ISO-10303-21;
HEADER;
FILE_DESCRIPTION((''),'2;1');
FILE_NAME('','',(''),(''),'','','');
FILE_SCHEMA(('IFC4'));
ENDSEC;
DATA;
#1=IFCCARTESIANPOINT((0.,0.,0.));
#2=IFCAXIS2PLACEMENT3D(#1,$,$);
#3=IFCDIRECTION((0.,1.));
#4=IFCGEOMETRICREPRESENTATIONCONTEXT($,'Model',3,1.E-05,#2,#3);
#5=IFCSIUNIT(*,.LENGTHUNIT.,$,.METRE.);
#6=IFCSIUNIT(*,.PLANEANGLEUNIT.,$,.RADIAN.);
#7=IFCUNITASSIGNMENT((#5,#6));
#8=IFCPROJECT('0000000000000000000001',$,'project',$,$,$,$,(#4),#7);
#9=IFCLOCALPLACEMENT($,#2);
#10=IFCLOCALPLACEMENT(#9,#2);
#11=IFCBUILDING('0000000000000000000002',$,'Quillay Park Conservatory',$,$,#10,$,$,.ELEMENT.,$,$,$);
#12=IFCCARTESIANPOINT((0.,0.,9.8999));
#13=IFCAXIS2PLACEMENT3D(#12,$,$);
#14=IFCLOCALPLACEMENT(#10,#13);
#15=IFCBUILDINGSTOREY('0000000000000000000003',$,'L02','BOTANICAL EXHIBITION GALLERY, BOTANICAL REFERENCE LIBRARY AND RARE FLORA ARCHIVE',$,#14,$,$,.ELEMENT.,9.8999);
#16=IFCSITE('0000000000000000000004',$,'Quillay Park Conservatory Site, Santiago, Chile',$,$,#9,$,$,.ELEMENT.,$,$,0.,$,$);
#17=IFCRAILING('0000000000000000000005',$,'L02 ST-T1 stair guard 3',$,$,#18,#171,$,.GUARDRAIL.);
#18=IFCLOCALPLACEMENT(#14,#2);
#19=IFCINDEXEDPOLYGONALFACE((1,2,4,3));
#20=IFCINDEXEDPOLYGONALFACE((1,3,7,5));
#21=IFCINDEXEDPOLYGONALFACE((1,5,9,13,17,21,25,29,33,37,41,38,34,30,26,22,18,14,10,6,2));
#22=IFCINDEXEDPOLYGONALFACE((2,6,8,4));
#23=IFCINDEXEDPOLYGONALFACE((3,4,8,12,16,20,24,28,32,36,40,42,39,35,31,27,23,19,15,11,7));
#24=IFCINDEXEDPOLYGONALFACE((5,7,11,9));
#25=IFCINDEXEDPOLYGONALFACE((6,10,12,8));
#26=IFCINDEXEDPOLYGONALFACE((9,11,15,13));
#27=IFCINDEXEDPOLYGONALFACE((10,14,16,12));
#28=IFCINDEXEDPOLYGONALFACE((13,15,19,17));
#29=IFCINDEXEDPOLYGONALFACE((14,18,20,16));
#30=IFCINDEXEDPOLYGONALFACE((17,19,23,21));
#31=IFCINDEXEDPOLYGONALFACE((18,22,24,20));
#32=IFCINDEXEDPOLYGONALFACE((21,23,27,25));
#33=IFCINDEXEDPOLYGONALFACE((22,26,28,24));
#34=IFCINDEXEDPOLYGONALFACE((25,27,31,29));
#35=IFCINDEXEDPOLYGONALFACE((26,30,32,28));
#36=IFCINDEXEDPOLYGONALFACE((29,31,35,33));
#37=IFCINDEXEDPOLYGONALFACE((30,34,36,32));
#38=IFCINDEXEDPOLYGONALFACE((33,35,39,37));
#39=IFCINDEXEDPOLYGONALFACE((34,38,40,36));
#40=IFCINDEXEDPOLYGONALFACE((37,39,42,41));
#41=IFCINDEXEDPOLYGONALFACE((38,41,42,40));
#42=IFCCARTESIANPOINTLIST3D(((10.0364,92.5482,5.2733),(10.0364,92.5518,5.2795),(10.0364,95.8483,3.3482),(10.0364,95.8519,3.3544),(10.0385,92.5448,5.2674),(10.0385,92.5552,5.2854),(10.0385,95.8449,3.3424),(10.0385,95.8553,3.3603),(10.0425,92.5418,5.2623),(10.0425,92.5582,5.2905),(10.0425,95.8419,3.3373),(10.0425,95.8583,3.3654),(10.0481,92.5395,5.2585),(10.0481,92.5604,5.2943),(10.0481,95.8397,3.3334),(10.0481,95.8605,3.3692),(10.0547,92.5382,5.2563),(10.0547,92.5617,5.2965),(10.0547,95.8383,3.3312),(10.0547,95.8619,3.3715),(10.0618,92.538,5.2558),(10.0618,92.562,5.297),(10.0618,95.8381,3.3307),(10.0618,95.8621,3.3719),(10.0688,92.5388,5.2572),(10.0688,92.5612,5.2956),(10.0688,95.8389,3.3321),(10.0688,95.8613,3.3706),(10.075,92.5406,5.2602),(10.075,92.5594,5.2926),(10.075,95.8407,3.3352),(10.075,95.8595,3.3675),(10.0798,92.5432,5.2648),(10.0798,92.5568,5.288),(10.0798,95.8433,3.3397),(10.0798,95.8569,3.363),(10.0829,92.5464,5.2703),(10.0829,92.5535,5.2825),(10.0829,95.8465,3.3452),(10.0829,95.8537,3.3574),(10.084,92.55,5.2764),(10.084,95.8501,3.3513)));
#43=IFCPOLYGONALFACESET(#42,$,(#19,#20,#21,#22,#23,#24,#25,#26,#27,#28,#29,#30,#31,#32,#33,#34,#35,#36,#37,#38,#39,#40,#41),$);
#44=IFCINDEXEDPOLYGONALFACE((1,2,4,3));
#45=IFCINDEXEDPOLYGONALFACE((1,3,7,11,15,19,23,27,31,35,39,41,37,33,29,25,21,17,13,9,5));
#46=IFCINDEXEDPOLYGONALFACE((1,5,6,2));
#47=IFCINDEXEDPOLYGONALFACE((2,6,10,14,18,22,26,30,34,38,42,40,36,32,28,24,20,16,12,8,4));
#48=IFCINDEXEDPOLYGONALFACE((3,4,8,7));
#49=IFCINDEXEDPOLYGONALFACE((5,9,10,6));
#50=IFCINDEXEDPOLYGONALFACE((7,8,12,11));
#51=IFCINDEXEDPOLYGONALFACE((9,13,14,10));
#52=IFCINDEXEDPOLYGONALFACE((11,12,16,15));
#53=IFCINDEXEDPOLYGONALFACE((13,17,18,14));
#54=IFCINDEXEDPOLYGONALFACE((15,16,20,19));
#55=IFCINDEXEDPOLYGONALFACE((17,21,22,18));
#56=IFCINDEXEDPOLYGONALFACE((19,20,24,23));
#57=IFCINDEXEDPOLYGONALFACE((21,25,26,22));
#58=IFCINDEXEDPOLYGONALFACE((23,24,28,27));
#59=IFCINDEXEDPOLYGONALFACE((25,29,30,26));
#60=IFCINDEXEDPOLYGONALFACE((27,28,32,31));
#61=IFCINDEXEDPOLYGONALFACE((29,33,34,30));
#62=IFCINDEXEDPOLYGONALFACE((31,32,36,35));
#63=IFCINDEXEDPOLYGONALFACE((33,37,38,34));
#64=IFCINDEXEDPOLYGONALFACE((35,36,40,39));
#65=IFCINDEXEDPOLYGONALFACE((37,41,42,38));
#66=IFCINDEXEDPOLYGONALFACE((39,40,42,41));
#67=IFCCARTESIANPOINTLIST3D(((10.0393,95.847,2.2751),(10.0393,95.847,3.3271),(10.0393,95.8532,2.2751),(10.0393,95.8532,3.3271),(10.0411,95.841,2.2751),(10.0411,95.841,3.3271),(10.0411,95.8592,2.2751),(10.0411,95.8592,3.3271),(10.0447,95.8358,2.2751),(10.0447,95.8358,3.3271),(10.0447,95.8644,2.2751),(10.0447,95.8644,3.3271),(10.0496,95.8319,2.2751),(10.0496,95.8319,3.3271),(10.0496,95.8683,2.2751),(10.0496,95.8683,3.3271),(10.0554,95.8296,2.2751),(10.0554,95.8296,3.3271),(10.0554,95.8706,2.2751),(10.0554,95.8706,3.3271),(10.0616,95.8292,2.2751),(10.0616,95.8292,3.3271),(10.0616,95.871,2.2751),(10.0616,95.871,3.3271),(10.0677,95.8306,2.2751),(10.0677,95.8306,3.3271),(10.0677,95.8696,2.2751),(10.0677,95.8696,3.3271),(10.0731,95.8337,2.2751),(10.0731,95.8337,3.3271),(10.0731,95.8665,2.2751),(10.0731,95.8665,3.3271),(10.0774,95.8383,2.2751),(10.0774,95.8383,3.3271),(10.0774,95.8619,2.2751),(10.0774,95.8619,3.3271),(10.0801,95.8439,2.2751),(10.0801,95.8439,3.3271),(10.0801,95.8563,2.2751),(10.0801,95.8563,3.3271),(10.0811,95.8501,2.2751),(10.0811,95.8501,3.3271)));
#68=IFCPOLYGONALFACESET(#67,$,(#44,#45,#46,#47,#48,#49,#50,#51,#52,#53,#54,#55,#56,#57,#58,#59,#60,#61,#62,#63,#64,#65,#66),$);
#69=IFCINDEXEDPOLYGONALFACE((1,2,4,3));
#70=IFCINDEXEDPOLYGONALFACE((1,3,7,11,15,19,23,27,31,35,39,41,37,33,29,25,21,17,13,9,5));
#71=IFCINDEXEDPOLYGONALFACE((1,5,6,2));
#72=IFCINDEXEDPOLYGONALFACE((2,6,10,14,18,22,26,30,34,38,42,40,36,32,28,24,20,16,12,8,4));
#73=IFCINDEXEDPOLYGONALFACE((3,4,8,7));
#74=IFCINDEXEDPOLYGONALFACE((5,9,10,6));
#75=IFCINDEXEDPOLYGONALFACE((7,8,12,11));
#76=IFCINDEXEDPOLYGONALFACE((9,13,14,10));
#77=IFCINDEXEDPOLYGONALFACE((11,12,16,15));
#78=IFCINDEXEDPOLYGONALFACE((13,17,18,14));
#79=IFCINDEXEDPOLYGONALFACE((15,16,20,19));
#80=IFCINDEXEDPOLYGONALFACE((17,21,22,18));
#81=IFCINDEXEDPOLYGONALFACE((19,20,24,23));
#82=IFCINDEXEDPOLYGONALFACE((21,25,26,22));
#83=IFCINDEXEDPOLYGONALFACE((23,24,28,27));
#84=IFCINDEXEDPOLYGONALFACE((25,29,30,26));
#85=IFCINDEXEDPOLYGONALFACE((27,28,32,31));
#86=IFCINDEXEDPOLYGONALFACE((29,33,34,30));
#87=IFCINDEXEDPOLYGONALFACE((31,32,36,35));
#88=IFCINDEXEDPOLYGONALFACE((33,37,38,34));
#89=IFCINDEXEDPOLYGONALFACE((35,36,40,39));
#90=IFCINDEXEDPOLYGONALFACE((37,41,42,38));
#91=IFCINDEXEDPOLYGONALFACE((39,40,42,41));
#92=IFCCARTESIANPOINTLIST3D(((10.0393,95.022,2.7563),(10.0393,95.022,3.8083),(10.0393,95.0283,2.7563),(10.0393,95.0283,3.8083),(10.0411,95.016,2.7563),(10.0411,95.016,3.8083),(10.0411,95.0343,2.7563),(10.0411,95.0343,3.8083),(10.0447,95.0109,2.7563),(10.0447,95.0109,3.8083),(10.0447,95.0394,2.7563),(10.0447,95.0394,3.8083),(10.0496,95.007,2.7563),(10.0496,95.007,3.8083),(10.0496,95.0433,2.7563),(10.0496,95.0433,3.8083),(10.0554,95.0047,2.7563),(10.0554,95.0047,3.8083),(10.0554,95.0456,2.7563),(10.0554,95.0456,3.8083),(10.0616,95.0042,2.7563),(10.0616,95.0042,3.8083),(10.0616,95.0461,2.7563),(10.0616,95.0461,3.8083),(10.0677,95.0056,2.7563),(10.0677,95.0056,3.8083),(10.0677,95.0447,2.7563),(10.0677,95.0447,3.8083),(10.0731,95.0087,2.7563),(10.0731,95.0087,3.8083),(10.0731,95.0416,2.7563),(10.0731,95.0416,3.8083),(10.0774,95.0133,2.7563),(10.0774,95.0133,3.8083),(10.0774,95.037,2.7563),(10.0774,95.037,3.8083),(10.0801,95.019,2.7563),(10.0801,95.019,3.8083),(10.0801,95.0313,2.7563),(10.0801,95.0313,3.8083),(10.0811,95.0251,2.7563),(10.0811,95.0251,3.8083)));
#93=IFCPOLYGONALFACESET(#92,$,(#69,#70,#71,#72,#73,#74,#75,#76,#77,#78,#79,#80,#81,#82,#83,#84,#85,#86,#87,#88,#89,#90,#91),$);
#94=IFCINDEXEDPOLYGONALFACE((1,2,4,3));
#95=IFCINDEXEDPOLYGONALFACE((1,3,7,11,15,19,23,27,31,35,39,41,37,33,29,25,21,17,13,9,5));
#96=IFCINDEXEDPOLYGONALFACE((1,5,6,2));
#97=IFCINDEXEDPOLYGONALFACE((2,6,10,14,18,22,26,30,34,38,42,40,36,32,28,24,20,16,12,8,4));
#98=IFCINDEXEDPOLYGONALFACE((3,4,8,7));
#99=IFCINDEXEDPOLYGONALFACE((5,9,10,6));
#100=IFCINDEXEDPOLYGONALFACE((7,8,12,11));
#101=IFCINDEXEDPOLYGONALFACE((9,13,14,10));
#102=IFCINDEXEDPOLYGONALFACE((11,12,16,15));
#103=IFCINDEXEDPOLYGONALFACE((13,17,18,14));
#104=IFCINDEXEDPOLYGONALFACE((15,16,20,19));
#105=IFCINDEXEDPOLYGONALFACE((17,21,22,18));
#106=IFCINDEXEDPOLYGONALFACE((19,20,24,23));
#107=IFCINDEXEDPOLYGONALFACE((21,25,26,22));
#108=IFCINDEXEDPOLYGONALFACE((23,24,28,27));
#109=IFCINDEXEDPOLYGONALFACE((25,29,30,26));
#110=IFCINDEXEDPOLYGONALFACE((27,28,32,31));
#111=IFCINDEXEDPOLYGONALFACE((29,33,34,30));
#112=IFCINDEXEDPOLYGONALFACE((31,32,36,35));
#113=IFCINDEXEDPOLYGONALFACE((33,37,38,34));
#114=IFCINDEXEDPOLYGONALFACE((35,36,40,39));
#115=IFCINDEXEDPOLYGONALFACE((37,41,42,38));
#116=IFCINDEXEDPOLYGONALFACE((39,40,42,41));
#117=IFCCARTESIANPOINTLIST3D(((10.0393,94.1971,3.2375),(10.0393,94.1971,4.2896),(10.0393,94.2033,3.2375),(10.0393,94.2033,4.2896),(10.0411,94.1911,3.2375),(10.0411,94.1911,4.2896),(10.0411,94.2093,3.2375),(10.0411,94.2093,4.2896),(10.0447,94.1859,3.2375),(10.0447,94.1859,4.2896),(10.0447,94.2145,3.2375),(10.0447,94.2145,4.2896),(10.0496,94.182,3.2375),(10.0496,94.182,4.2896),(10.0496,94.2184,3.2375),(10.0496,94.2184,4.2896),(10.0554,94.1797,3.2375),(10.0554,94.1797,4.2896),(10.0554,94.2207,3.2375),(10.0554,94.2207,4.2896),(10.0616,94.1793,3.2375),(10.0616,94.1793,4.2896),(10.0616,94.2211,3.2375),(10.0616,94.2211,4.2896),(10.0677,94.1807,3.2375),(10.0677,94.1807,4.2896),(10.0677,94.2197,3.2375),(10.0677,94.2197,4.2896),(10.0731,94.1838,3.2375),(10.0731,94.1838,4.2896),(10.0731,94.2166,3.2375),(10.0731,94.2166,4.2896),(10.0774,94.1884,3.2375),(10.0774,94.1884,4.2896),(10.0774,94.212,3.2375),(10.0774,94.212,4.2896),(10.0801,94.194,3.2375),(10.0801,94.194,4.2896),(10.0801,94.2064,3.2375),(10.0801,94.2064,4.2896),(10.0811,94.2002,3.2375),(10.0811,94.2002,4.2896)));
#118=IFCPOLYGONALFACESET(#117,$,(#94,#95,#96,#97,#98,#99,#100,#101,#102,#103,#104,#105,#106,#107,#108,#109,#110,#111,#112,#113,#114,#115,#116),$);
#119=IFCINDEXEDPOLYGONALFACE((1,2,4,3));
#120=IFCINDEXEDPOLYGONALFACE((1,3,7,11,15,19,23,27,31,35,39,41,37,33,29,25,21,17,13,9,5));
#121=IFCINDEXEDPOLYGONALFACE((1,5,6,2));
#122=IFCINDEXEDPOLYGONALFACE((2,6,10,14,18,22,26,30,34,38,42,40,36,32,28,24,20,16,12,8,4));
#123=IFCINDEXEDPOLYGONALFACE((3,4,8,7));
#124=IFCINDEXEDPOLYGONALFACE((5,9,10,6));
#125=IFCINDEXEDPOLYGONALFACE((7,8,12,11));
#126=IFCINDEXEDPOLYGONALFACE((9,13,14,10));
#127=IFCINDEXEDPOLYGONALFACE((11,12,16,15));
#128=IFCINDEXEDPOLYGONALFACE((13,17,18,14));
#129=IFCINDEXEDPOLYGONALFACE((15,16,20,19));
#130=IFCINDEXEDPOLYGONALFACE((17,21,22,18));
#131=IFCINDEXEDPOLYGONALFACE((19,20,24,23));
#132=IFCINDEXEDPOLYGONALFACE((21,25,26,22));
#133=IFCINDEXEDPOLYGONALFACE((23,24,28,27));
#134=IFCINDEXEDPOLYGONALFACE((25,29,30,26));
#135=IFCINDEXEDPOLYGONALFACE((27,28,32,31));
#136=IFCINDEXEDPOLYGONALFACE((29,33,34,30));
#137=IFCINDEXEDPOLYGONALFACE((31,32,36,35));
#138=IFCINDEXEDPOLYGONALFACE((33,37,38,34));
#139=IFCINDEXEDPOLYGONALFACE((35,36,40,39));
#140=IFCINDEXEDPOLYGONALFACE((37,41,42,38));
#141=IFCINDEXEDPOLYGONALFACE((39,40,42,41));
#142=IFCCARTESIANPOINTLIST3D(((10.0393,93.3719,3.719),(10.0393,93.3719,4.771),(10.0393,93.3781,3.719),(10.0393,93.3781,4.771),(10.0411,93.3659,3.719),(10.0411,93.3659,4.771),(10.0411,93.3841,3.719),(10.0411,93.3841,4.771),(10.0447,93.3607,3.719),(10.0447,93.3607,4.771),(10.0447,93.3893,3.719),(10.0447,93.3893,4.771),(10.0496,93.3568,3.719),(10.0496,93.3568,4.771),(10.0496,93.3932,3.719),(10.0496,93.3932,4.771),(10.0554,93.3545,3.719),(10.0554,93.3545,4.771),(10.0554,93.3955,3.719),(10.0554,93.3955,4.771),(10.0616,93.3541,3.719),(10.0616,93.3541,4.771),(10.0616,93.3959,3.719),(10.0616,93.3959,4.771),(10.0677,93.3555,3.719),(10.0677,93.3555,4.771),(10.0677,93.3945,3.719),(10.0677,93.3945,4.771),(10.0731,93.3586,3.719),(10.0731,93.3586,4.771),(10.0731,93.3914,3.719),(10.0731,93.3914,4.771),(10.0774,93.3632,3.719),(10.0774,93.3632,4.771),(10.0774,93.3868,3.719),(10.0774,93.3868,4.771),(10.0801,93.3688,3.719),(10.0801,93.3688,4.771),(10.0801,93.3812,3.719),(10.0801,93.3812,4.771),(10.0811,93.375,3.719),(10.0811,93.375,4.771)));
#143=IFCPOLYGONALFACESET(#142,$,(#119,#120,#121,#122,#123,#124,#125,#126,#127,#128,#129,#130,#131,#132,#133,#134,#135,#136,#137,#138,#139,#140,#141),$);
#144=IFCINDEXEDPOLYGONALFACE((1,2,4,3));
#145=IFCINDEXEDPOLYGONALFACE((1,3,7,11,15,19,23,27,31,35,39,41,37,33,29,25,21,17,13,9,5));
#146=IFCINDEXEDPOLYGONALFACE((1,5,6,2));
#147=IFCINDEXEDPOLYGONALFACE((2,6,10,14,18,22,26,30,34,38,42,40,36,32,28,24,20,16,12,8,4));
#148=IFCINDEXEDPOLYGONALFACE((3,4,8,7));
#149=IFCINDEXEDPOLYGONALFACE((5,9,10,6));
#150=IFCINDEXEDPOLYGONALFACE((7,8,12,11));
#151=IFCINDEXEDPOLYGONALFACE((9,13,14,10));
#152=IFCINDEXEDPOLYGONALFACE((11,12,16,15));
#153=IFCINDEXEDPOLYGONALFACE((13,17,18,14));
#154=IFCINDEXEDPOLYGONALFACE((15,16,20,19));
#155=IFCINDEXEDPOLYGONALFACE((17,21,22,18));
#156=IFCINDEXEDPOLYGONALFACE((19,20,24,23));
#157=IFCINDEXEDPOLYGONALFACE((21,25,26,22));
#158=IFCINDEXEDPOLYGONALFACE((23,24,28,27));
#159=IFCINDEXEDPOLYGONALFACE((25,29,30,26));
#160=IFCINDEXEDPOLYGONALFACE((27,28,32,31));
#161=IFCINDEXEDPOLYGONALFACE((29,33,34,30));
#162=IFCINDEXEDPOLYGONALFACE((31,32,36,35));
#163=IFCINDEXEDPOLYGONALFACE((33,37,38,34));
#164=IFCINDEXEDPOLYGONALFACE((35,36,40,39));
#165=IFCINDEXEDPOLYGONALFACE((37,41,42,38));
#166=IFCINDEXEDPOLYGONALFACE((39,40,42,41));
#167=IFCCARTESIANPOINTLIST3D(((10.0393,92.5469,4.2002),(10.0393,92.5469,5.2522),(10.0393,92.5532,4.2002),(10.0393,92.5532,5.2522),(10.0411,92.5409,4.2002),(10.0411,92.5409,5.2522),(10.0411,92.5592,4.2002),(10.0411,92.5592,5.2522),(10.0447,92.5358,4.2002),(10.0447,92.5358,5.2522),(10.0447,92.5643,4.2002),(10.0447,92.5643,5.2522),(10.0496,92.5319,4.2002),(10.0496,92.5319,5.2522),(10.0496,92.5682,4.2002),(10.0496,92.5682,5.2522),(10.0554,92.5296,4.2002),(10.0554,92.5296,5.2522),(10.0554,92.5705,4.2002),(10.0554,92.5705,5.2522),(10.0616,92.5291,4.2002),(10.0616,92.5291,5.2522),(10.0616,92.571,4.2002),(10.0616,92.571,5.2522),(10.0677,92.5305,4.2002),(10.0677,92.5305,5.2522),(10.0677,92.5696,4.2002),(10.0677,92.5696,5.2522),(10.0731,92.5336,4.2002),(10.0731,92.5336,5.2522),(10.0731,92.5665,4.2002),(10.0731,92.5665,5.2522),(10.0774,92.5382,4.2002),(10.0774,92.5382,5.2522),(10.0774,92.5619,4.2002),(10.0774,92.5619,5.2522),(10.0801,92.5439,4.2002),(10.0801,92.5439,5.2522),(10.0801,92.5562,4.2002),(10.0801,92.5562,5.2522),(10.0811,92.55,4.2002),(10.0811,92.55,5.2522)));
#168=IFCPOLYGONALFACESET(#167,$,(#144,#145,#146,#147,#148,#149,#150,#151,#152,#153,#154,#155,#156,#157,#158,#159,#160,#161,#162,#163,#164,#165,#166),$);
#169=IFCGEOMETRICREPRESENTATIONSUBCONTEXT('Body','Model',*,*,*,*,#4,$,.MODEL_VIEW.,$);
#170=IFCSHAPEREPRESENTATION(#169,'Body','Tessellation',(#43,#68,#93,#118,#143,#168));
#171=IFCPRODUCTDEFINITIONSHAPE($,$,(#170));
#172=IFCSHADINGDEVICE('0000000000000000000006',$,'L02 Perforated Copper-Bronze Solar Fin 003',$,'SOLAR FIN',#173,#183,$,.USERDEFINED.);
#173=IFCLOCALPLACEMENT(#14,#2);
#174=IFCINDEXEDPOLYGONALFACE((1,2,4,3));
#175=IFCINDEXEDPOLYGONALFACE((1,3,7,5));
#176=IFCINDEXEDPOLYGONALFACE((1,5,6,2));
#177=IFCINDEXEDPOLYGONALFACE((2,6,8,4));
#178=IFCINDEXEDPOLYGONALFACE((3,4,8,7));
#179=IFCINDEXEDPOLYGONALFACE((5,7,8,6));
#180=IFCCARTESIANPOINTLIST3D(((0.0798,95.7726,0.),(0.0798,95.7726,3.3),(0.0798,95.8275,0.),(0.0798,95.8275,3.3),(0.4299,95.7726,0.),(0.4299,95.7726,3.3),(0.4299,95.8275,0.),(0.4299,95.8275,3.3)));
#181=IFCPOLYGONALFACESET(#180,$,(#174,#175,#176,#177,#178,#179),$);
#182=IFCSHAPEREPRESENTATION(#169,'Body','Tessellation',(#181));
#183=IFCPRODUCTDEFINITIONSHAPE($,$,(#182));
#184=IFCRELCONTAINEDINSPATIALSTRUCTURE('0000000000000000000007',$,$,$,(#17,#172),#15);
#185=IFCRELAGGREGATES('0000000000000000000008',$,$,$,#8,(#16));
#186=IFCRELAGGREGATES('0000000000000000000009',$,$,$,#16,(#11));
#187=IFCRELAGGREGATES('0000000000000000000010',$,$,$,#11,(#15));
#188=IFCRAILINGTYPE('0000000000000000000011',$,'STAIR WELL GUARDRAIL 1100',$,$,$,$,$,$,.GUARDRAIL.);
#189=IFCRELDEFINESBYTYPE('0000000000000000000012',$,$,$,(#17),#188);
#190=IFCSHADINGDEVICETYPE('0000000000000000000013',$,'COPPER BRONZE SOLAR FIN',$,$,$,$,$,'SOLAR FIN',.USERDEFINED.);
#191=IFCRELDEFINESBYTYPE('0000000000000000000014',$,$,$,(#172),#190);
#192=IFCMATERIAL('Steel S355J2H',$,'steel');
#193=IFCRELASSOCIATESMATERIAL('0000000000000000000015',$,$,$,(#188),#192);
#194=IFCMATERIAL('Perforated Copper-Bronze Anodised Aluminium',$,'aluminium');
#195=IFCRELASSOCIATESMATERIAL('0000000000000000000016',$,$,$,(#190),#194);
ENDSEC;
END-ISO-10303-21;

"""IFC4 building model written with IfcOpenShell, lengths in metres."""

from ifc_helpers import new_model, si_unit, direction, frame, origin, origin_2d, place, context, subcontext, project, spatial, rectangle, circle, extrude, material, type_object, element, save


model = new_model("IFC4")

# Units and contexts
model_context = context("Model", 3, precision=1e-05, world=origin(), true_north=direction((0.0, 1.0)))
body_context = subcontext(model_context, "Body", "Model", "MODEL_VIEW")
ifc_project = project(units=[si_unit("LENGTHUNIT", "METRE"), si_unit("PLANEANGLEUNIT", "RADIAN")], contexts=[model_context])

# Site, building, storey
site_placement = place(None, origin())
site = spatial("IfcSite", under=ifc_project, at=site_placement, Name="Quillay Park Conservatory Site, Santiago, Chile", CompositionType="ELEMENT", RefElevation=0.0)
building_placement = place(site_placement, origin())
building = spatial("IfcBuilding", under=site, at=building_placement, Name="Quillay Park Conservatory", CompositionType="ELEMENT")
storey_placement = place(building_placement, frame((0.0, 0.0, 9.8999)))
storey = spatial("IfcBuildingStorey", under=building, at=storey_placement, Name="L02", Description="BOTANICAL EXHIBITION GALLERY, BOTANICAL REFERENCE LIBRARY AND RARE FLORA ARCHIVE", CompositionType="ELEMENT", Elevation=9.8999)

# Railing
ifc_material_1 = material(Name="Steel S355J2H", Category="steel")
railing_type_1 = type_object("IfcRailingType", Name="STAIR WELL GUARDRAIL 1100", PredefinedType="GUARDRAIL", material=ifc_material_1)
railing_1_placement = place(storey_placement, frame((10.0601, 95.8501, 2.2751)))
element("IfcRailing", 1, at=railing_1_placement, inside=storey, type_object=railing_type_1, Name="L02 ST-T1 stair guard 3", PredefinedType="GUARDRAIL", context=body_context, shape_type="SweptSolid", body=[
    extrude(circle(Radius=0.0239, at=origin_2d()), frame((0.0, 0.0, 1.0762), z_axis=(0.0, -0.863777, 0.503875), x_axis=(1.0, 0.0, 0.0)), (0.0, 0.0, 1.0), 3.8206),
    extrude(circle(Radius=0.021, at=origin_2d()), origin(), (0.0, 0.0, 1.0), 1.052),
    extrude(circle(Radius=0.021, at=origin_2d()), frame((0.0, -0.825, 0.4812)), (0.0, 0.0, 1.0), 1.052),
    extrude(circle(Radius=0.021, at=origin_2d()), frame((0.0, -1.6499, 0.9624)), (0.0, 0.0, 1.0), 1.052),
    extrude(circle(Radius=0.021, at=origin_2d()), frame((0.0, -2.4751, 1.4438)), (0.0, 0.0, 1.0), 1.052),
    extrude(circle(Radius=0.021, at=origin_2d()), frame((0.0, -3.3, 1.925)), (0.0, 0.0, 1.0), 1.052),
])

# Shading device
ifc_material_2 = material(Name="Perforated Copper-Bronze Anodised Aluminium", Category="aluminium")
shading_device_type = type_object("IfcShadingDeviceType", Name="COPPER BRONZE SOLAR FIN", ElementType="SOLAR FIN", PredefinedType="USERDEFINED", material=ifc_material_2)
shading_device_placement = place(storey_placement, frame((0.2549, 95.8, 0.0), z_axis=(0.0, 0.0, 1.0), x_axis=(1.0, 0.0, 0.0)))
element("IfcShadingDevice", 2, at=shading_device_placement, inside=storey, type_object=shading_device_type, Name="L02 Perforated Copper-Bronze Solar Fin 003", ObjectType="SOLAR FIN", PredefinedType="USERDEFINED", context=body_context, shape_type="SweptSolid", body=[
    extrude(rectangle(XDim=0.3501, YDim=0.0549, at=origin_2d()), origin(), (0.0, 0.0, 1.0), 3.3),
])

save(model, "model.ifc")
